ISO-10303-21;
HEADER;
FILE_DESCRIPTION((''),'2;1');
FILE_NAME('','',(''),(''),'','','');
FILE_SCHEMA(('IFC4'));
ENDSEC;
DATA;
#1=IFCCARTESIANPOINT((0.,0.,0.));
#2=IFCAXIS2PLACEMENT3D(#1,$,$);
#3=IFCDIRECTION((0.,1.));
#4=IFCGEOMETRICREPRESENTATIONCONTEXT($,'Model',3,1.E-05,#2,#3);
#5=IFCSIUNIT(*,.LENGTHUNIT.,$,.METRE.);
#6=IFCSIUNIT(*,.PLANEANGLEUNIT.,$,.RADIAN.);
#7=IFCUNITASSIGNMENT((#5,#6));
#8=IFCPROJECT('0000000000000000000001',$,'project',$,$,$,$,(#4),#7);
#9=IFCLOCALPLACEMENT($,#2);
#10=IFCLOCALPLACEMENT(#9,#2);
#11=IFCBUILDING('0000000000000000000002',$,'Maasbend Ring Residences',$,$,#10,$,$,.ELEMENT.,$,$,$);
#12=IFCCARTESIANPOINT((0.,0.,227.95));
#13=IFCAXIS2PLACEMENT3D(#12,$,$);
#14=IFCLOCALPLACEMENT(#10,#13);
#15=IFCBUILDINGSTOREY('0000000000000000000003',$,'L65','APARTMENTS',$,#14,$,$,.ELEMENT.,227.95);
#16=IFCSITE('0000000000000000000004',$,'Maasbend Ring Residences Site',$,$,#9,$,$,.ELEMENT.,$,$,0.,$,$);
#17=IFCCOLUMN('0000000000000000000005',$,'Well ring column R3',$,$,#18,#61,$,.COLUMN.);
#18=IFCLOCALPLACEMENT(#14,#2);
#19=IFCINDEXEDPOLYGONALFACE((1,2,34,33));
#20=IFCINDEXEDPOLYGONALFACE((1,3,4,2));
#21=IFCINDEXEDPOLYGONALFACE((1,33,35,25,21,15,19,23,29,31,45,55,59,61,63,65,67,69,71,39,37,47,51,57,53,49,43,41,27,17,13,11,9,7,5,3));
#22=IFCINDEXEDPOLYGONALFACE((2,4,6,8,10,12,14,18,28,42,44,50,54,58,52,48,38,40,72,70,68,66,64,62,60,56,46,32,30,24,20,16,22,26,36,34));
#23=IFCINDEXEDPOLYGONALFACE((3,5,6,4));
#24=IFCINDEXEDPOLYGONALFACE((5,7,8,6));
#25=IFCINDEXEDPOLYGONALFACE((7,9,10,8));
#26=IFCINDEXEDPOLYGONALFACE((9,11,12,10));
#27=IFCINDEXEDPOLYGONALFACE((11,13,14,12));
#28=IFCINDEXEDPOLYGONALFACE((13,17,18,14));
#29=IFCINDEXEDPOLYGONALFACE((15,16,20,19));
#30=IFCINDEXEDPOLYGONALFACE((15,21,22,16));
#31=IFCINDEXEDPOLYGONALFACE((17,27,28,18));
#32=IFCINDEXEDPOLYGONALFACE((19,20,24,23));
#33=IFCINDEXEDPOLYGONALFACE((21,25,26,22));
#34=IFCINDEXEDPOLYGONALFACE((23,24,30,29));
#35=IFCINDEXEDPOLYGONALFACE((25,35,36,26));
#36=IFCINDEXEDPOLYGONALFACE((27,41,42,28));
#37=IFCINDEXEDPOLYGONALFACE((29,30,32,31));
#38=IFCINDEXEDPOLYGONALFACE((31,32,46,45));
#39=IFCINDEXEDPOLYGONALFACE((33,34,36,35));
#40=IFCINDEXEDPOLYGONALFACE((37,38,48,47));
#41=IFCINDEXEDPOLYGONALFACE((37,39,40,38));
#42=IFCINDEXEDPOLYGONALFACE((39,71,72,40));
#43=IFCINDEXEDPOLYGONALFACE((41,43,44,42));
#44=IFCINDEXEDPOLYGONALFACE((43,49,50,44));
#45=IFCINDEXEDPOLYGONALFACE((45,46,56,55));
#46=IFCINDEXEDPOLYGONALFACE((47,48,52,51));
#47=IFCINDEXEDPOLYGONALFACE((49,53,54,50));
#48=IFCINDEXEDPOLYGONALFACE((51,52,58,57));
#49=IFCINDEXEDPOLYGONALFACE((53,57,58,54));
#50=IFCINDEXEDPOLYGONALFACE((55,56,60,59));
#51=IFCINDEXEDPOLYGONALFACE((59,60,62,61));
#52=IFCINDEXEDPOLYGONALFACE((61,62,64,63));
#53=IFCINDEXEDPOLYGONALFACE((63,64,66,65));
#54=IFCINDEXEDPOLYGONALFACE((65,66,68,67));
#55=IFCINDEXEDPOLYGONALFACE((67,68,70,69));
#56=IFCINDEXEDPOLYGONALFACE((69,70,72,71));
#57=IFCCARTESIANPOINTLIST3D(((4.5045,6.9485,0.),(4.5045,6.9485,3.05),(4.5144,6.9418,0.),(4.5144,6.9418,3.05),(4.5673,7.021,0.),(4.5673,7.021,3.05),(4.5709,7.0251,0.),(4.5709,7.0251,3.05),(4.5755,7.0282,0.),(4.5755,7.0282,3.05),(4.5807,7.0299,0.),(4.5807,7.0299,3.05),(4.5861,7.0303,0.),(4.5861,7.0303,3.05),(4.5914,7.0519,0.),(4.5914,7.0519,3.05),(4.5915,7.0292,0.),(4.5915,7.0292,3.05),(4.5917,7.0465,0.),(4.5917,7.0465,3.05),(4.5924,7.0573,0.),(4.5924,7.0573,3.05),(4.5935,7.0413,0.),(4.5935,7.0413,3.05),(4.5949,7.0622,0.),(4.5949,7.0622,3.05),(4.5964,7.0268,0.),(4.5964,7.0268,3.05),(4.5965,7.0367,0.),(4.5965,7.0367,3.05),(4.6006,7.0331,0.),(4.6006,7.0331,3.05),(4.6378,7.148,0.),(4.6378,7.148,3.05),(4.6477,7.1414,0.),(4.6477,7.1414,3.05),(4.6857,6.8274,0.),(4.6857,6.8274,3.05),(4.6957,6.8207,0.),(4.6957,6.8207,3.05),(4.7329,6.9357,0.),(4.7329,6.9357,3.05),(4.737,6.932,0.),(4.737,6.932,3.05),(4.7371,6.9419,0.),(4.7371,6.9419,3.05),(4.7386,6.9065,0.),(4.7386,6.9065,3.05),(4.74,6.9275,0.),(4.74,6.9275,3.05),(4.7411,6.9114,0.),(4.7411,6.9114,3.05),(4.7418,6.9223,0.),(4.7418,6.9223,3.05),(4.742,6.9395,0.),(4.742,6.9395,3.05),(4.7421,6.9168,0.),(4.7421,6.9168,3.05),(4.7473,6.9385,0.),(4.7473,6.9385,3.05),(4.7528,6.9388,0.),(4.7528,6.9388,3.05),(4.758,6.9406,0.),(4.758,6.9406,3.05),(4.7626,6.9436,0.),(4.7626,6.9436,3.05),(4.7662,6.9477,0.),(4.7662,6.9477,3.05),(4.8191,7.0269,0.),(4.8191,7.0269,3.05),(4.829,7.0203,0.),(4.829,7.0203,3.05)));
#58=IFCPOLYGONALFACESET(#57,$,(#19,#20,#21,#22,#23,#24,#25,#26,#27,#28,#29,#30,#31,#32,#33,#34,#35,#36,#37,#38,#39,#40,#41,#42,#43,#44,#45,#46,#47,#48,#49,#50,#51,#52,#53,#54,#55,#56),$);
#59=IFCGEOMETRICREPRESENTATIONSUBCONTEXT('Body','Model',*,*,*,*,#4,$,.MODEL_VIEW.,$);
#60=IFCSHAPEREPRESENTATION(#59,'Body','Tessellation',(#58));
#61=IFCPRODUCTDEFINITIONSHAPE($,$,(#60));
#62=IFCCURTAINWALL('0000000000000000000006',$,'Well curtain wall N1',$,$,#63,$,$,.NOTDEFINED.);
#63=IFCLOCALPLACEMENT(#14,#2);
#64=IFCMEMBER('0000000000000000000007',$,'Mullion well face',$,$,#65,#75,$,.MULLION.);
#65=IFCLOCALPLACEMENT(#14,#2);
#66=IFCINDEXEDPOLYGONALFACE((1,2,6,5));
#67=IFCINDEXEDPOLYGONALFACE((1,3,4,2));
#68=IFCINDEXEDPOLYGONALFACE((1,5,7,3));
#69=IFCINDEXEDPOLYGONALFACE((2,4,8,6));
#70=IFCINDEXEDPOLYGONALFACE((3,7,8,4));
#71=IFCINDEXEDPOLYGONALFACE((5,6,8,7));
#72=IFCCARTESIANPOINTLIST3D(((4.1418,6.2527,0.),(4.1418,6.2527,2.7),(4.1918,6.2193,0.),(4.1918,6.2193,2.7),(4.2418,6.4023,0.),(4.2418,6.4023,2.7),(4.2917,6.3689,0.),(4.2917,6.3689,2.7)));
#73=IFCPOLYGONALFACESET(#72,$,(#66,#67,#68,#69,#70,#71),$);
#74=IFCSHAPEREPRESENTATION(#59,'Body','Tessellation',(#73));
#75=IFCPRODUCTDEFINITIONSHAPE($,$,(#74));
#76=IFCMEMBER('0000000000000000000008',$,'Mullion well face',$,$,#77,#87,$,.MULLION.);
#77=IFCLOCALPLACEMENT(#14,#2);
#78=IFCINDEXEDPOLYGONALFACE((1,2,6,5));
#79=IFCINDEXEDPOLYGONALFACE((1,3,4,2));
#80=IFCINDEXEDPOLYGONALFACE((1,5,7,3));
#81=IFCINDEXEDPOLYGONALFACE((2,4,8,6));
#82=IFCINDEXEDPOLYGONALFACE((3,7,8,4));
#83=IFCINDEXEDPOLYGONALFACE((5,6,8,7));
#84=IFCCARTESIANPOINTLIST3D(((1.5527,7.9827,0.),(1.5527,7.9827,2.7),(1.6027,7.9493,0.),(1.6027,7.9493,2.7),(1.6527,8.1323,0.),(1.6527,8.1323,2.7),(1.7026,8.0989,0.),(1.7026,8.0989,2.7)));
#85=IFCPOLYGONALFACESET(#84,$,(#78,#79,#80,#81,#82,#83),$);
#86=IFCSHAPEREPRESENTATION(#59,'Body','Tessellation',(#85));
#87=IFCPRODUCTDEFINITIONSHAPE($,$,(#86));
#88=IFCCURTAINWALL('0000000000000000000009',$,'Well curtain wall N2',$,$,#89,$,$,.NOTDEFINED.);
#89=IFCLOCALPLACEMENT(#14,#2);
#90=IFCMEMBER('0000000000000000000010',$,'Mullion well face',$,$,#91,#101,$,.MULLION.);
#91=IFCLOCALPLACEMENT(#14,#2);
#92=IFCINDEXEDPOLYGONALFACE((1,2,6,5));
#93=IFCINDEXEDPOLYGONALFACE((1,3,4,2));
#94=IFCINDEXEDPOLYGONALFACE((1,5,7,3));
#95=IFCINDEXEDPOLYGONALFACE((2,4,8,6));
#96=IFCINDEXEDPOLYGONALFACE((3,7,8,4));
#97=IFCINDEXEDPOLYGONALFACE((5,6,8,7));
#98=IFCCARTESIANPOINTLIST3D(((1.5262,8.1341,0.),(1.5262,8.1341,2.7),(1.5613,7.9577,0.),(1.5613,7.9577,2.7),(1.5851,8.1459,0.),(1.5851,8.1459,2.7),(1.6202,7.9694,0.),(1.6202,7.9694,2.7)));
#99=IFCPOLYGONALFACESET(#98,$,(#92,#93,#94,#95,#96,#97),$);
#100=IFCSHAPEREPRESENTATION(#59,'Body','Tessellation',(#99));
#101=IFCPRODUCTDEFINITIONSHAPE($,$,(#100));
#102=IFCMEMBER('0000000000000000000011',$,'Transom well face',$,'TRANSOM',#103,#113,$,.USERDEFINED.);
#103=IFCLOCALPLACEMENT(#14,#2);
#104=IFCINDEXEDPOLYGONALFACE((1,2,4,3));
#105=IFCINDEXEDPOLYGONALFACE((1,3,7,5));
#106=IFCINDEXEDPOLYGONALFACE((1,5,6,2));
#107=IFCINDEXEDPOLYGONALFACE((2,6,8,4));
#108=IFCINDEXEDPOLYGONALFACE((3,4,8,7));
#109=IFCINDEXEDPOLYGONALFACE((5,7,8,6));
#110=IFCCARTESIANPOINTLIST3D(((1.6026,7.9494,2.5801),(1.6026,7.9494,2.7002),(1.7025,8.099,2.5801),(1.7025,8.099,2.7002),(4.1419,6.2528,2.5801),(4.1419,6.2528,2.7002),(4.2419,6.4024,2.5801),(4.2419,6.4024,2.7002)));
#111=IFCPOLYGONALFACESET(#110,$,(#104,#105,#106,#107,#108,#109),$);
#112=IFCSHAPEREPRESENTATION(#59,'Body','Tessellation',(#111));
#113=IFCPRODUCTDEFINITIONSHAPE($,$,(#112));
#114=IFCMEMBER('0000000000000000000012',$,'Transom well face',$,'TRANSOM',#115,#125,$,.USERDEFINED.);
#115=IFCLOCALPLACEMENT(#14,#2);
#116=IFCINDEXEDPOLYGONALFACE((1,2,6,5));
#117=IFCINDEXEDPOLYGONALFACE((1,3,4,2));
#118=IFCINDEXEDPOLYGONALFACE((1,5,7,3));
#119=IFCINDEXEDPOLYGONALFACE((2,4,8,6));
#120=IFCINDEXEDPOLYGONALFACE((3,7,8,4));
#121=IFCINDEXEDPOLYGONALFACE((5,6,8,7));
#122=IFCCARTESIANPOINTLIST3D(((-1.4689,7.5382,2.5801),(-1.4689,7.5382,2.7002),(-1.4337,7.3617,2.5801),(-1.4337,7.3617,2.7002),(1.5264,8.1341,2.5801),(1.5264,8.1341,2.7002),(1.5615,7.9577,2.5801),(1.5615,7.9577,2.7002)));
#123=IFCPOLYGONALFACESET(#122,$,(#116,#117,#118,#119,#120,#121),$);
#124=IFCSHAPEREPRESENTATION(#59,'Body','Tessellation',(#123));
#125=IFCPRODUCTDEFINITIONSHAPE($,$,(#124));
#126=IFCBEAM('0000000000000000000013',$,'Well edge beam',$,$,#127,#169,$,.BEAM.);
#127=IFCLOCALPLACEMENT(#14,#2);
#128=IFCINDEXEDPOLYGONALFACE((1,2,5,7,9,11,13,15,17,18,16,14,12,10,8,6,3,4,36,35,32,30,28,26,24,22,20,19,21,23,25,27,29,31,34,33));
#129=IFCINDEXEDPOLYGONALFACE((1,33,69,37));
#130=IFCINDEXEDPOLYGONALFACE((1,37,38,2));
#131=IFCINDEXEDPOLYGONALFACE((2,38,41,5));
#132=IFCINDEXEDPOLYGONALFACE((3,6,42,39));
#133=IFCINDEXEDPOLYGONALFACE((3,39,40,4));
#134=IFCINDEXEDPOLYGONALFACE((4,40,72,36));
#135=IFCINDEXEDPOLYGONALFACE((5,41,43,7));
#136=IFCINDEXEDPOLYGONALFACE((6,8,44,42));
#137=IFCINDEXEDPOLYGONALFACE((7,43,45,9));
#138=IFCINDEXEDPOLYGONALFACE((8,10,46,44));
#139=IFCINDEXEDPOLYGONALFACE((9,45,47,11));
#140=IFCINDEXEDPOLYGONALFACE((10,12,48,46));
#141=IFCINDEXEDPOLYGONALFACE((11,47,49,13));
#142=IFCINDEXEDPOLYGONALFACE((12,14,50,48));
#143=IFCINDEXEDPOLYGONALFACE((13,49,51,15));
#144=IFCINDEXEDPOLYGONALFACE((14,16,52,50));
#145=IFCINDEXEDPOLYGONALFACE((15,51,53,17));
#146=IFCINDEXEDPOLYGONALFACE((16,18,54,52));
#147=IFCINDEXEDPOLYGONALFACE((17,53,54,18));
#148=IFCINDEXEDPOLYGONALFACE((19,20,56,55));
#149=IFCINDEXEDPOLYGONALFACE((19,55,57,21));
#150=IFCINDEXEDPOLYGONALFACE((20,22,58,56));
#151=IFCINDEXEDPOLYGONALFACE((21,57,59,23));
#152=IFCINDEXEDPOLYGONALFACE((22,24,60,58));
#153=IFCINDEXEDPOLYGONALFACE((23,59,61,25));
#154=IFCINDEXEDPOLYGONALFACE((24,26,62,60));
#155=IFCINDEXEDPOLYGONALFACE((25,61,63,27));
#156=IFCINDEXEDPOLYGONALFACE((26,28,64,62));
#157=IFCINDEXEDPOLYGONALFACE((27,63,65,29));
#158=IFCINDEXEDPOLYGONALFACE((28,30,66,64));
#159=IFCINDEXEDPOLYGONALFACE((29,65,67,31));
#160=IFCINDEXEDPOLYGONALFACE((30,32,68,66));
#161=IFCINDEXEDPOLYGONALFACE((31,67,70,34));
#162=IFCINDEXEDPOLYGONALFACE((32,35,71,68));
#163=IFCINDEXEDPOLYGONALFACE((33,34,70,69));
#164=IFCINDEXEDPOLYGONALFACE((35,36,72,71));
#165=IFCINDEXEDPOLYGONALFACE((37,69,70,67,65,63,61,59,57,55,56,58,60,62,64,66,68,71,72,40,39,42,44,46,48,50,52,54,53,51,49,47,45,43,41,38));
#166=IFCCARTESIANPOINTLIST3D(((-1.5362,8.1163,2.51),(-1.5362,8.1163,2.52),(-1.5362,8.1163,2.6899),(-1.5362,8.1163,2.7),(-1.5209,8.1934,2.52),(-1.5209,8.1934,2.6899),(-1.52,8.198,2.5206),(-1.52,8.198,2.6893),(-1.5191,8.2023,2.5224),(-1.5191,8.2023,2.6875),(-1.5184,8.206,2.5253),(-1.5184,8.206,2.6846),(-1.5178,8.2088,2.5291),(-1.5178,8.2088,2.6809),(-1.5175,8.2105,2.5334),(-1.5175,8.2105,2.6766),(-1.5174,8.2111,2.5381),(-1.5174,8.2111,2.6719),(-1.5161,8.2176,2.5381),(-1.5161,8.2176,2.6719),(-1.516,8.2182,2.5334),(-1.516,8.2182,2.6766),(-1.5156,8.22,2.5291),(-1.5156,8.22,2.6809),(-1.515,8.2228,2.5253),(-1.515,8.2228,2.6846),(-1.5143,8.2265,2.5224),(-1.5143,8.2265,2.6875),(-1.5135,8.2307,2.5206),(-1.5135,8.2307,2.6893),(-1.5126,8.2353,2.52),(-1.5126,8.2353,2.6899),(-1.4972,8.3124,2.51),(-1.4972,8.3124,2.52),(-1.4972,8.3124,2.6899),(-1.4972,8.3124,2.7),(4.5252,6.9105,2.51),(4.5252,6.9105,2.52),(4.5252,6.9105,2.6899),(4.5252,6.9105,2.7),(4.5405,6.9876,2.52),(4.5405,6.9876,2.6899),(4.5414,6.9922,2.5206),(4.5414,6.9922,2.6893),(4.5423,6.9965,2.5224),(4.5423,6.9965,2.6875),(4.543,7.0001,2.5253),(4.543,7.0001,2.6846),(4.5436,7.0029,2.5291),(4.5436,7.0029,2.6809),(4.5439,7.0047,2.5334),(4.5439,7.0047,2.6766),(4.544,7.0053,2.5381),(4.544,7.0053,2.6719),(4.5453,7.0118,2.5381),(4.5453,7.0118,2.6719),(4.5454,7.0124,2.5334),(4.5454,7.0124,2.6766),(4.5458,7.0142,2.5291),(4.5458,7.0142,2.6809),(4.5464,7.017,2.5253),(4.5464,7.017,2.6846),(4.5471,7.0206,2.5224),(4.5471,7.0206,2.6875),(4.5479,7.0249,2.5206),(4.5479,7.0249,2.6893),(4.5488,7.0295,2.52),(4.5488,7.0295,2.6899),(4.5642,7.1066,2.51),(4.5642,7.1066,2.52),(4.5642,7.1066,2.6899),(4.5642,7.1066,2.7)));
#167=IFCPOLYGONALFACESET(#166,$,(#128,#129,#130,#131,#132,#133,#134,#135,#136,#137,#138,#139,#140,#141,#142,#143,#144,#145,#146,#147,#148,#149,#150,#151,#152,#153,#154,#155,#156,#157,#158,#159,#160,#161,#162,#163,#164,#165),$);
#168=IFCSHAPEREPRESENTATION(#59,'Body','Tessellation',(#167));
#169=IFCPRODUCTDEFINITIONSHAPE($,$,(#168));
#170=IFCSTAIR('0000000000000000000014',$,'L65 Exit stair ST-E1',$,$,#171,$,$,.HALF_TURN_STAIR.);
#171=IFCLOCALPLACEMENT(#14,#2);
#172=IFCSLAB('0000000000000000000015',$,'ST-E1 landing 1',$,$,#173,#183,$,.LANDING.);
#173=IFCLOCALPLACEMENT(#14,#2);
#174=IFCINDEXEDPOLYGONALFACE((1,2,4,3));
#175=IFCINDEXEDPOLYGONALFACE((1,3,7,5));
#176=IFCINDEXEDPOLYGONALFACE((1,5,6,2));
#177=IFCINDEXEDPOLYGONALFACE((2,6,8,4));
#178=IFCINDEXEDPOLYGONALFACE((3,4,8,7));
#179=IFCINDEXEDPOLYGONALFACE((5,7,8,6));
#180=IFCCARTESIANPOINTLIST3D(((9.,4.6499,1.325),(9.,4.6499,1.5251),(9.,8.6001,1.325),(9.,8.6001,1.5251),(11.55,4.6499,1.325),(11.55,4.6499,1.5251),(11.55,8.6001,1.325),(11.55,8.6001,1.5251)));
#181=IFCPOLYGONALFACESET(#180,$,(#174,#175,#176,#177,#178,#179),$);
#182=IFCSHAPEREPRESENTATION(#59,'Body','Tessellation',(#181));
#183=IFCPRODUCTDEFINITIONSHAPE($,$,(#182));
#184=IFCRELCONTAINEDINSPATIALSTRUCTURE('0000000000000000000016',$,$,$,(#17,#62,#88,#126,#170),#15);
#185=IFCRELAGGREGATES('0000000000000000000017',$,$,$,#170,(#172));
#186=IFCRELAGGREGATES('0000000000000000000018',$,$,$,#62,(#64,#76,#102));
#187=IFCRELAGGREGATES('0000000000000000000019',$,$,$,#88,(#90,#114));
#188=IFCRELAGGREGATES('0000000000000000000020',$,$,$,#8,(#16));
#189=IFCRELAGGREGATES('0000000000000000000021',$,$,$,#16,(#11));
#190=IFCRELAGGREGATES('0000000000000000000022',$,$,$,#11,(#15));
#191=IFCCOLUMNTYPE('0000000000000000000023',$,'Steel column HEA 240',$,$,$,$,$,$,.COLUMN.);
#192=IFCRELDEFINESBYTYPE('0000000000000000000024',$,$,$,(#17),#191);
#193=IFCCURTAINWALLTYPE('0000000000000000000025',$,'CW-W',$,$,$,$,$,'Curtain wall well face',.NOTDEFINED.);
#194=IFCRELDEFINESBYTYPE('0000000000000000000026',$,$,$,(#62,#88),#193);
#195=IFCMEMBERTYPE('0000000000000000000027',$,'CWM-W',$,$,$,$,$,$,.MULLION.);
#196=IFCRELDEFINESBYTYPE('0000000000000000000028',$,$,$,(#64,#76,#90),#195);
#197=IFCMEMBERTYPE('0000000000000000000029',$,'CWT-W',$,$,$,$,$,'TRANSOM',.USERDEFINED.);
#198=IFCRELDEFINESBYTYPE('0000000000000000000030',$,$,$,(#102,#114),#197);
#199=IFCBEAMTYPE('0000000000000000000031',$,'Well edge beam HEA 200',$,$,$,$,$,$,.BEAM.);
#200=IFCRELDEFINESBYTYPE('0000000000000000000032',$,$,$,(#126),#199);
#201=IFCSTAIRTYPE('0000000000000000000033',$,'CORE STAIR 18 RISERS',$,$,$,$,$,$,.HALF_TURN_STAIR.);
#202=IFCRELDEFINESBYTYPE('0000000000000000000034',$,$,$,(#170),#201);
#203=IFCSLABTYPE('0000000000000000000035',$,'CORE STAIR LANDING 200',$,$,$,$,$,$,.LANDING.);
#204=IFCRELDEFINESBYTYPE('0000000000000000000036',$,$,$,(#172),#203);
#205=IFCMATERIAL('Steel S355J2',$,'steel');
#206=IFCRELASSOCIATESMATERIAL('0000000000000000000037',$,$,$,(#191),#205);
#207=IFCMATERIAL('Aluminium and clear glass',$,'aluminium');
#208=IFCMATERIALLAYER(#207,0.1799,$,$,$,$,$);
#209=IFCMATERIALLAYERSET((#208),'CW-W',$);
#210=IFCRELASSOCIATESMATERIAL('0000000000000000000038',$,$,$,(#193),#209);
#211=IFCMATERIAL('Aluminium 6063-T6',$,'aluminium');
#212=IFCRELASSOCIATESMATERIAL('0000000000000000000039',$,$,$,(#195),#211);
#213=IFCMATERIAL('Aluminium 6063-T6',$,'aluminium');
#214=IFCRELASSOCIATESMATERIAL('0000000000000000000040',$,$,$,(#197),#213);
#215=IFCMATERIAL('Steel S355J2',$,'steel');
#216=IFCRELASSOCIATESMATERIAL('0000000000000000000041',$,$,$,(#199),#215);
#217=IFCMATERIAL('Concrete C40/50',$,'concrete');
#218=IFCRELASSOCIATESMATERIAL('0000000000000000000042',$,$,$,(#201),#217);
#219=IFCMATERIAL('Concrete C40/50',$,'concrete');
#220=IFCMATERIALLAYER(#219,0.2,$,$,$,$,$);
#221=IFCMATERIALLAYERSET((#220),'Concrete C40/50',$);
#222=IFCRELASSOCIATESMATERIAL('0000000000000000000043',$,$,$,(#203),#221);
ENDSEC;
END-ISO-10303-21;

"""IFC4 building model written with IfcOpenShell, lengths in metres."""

from ifc_helpers import new_model, si_unit, direction, frame, origin, origin_2d, place, context, subcontext, project, spatial, polyline, rectangle, i_section, outline, extrude, material, layer, layer_set, material_profile, profile_set, type_object, element, aggregate, save


model = new_model("IFC4")

# Units and contexts
model_context = context("Model", 3, precision=1e-05, world=origin(), true_north=direction((0.0, 1.0)))
body_context = subcontext(model_context, "Body", "Model", "MODEL_VIEW")
ifc_project = project(units=[si_unit("LENGTHUNIT", "METRE"), si_unit("PLANEANGLEUNIT", "RADIAN")], contexts=[model_context])

# Site, building, storey
site_placement = place(None, origin())
site = spatial("IfcSite", under=ifc_project, at=site_placement, Name="Maasbend Ring Residences Site", CompositionType="ELEMENT", RefElevation=0.0)
building_placement = place(site_placement, origin())
building = spatial("IfcBuilding", under=site, at=building_placement, Name="Maasbend Ring Residences", CompositionType="ELEMENT")
storey_placement = place(building_placement, frame((0.0, 0.0, 227.95)))
storey = spatial("IfcBuildingStorey", under=building, at=storey_placement, Name="L65", Description="APARTMENTS", CompositionType="ELEMENT", Elevation=227.95)

# Column
ifc_material_1 = material(Name="Steel S355J2", Category="steel")
ifc_material_profile_1 = material_profile(ifc_material_1, i_section(OverallWidth=0.24, OverallDepth=0.23, WebThickness=0.0076, FlangeThickness=0.012, FilletRadius=0.021, at=origin_2d()), Name="HEA 240")
ifc_profile_set_1 = profile_set([ifc_material_profile_1], Name="Steel S355J2")
column_type = type_object("IfcColumnType", Name="Steel column HEA 240", PredefinedType="COLUMN", material=ifc_profile_set_1)
column_placement = place(storey_placement, frame((4.6667, 6.9844, 0.0), z_axis=(0.0, 0.0, 1.0), x_axis=(0.55557, 0.83147, 0.0)))
element("IfcColumn", 1, at=column_placement, inside=storey, type_object=column_type, Name="Well ring column R3", PredefinedType="COLUMN", context=body_context, shape_type="SweptSolid", body=[
    extrude(i_section(OverallWidth=0.24, OverallDepth=0.23, WebThickness=0.0076, FlangeThickness=0.012, FilletRadius=0.021, at=origin_2d()), origin(), (0.0, 0.0, 1.0), 3.05),
])

# Curtain wall, members
ifc_material_2 = material(Name="Aluminium and clear glass", Category="aluminium")
ifc_layer_1 = layer(ifc_material_2, 0.1799)
ifc_layer_set_1 = layer_set([ifc_layer_1], Name="CW-W")
curtain_wall_type = type_object("IfcCurtainWallType", Name="CW-W", ElementType="Curtain wall well face", PredefinedType="NOTDEFINED", material=ifc_layer_set_1)
curtain_wall_1_placement = place(storey_placement, origin())
curtain_wall_1 = element("IfcCurtainWall", 2, at=curtain_wall_1_placement, inside=storey, type_object=curtain_wall_type, Name="Well curtain wall N1", PredefinedType="NOTDEFINED")
ifc_material_3 = material(Name="Aluminium 6063-T6", Category="aluminium")
ifc_material_profile_2 = material_profile(ifc_material_3, rectangle(XDim=0.1799, YDim=0.0601, at=origin_2d()), Name="AL 180x60")
ifc_profile_set_2 = profile_set([ifc_material_profile_2], Name="Aluminium 6063-T6")
member_type_1 = type_object("IfcMemberType", Name="CWM-W", PredefinedType="MULLION", material=ifc_profile_set_2)
member_1_placement = place(storey_placement, frame((4.2168, 6.3108, 0.0), z_axis=(0.0, 0.0, 1.0), x_axis=(-0.55557, -0.83147, 0.0)))
member_1 = element("IfcMember", 3, at=member_1_placement, type_object=member_type_1, Name="Mullion well face", PredefinedType="MULLION", context=body_context, shape_type="SweptSolid", body=[
    extrude(rectangle(XDim=0.1799, YDim=0.0601, at=origin_2d()), origin(), (0.0, 0.0, 1.0), 2.7),
])
member_2_placement = place(storey_placement, frame((1.6277, 8.0408, 0.0), z_axis=(0.0, 0.0, 1.0), x_axis=(-0.55557, -0.83147, 0.0)))
member_2 = element("IfcMember", 4, at=member_2_placement, type_object=member_type_1, Name="Mullion well face", PredefinedType="MULLION", context=body_context, shape_type="SweptSolid", body=[
    extrude(rectangle(XDim=0.1799, YDim=0.0601, at=origin_2d()), origin(), (0.0, 0.0, 1.0), 2.7),
])

# Curtain wall, member
curtain_wall_2_placement = place(storey_placement, origin())
curtain_wall_2 = element("IfcCurtainWall", 5, at=curtain_wall_2_placement, inside=storey, type_object=curtain_wall_type, Name="Well curtain wall N2", PredefinedType="NOTDEFINED")
member_3_placement = place(storey_placement, frame((1.5732, 8.0518, 0.0), z_axis=(0.0, 0.0, 1.0), x_axis=(0.19509, -0.980785, 0.0)))
member_3 = element("IfcMember", 6, at=member_3_placement, type_object=member_type_1, Name="Mullion well face", PredefinedType="MULLION", context=body_context, shape_type="SweptSolid", body=[
    extrude(rectangle(XDim=0.1799, YDim=0.0601, at=origin_2d()), origin(), (0.0, 0.0, 1.0), 2.7),
])

# Members
ifc_material_4 = material(Name="Aluminium 6063-T6", Category="aluminium")
ifc_material_profile_3 = material_profile(ifc_material_4, rectangle(XDim=0.1799, YDim=0.1201, at=origin_2d()), Name="AL 180x120")
ifc_profile_set_3 = profile_set([ifc_material_profile_3], Name="Aluminium 6063-T6")
member_type_2 = type_object("IfcMemberType", Name="CWT-W", ElementType="TRANSOM", PredefinedType="USERDEFINED", material=ifc_profile_set_3)
member_4_placement = place(storey_placement, frame((4.1919, 6.3276, 2.6401), z_axis=(-0.831496, 0.55553, 0.0), x_axis=(-0.55553, -0.831496, 0.0)))
member_4 = element("IfcMember", 7, at=member_4_placement, type_object=member_type_2, Name="Transom well face", ObjectType="TRANSOM", PredefinedType="USERDEFINED", context=body_context, shape_type="SweptSolid", body=[
    extrude(rectangle(XDim=0.1799, YDim=0.1201, at=origin_2d()), origin(), (0.0, 0.0, 1.0), 3.054),
])
member_5_placement = place(storey_placement, frame((1.5439, 8.0459, 2.6401), z_axis=(-0.980777, -0.195132, 0.0), x_axis=(0.195132, -0.980777, 0.0)))
member_5 = element("IfcMember", 8, at=member_5_placement, type_object=member_type_2, Name="Transom well face", ObjectType="TRANSOM", PredefinedType="USERDEFINED", context=body_context, shape_type="SweptSolid", body=[
    extrude(rectangle(XDim=0.1799, YDim=0.1201, at=origin_2d()), origin(), (0.0, 0.0, 1.0), 3.054),
])

# Beam
ifc_material_5 = material(Name="Steel S355J2", Category="steel")
ifc_material_profile_4 = material_profile(ifc_material_5, i_section(OverallWidth=0.2, OverallDepth=0.1899, WebThickness=0.0066, FlangeThickness=0.01, FilletRadius=0.0181, at=origin_2d()), Name="HEA 200")
ifc_profile_set_4 = profile_set([ifc_material_profile_4], Name="Steel S355J2")
beam_type = type_object("IfcBeamType", Name="Well edge beam HEA 200", PredefinedType="BEAM", material=ifc_profile_set_4)
beam_placement = place(storey_placement, frame((4.5447, 7.0085, 2.605), z_axis=(-0.980781, 0.195113, 0.0), x_axis=(-0.195113, -0.980781, 0.0)))
element("IfcBeam", 9, at=beam_placement, inside=storey, type_object=beam_type, Name="Well edge beam", PredefinedType="BEAM", context=body_context, shape_type="SweptSolid", body=[
    extrude(i_section(OverallWidth=0.2, OverallDepth=0.1899, WebThickness=0.0066, FlangeThickness=0.01, FilletRadius=0.0181, at=origin_2d()), origin(), (0.0, 0.0, 1.0), 6.1802),
])

# Stair, slab
ifc_material_6 = material(Name="Concrete C40/50", Category="concrete")
stair_type = type_object("IfcStairType", Name="CORE STAIR 18 RISERS", PredefinedType="HALF_TURN_STAIR", material=ifc_material_6)
stair_1_placement = place(storey_placement, origin())
stair_1 = element("IfcStair", 10, at=stair_1_placement, inside=storey, type_object=stair_type, Name="L65 Exit stair ST-E1", PredefinedType="HALF_TURN_STAIR")
ifc_material_7 = material(Name="Concrete C40/50", Category="concrete")
ifc_layer_2 = layer(ifc_material_7, 0.2)
ifc_layer_set_2 = layer_set([ifc_layer_2], Name="Concrete C40/50")
slab_type = type_object("IfcSlabType", Name="CORE STAIR LANDING 200", PredefinedType="LANDING", material=ifc_layer_set_2)
slab_1_placement = place(storey_placement, frame((0.0, 0.0, 1.325)))
slab_1 = element("IfcSlab", 11, at=slab_1_placement, type_object=slab_type, Name="ST-E1 landing 1", PredefinedType="LANDING", context=body_context, shape_type="SweptSolid", body=[
    extrude(outline(polyline([(11.55, 8.6001), (9.0, 8.6001), (9.0, 4.6499), (11.55, 4.6499), (11.55, 8.6001)])), origin(), (0.0, 0.0, 1.0), 0.2002),
])
aggregate(stair_1, [slab_1])

aggregate(curtain_wall_1, [member_1, member_2, member_4])
aggregate(curtain_wall_2, [member_3, member_5])

save(model, "model.ifc")
